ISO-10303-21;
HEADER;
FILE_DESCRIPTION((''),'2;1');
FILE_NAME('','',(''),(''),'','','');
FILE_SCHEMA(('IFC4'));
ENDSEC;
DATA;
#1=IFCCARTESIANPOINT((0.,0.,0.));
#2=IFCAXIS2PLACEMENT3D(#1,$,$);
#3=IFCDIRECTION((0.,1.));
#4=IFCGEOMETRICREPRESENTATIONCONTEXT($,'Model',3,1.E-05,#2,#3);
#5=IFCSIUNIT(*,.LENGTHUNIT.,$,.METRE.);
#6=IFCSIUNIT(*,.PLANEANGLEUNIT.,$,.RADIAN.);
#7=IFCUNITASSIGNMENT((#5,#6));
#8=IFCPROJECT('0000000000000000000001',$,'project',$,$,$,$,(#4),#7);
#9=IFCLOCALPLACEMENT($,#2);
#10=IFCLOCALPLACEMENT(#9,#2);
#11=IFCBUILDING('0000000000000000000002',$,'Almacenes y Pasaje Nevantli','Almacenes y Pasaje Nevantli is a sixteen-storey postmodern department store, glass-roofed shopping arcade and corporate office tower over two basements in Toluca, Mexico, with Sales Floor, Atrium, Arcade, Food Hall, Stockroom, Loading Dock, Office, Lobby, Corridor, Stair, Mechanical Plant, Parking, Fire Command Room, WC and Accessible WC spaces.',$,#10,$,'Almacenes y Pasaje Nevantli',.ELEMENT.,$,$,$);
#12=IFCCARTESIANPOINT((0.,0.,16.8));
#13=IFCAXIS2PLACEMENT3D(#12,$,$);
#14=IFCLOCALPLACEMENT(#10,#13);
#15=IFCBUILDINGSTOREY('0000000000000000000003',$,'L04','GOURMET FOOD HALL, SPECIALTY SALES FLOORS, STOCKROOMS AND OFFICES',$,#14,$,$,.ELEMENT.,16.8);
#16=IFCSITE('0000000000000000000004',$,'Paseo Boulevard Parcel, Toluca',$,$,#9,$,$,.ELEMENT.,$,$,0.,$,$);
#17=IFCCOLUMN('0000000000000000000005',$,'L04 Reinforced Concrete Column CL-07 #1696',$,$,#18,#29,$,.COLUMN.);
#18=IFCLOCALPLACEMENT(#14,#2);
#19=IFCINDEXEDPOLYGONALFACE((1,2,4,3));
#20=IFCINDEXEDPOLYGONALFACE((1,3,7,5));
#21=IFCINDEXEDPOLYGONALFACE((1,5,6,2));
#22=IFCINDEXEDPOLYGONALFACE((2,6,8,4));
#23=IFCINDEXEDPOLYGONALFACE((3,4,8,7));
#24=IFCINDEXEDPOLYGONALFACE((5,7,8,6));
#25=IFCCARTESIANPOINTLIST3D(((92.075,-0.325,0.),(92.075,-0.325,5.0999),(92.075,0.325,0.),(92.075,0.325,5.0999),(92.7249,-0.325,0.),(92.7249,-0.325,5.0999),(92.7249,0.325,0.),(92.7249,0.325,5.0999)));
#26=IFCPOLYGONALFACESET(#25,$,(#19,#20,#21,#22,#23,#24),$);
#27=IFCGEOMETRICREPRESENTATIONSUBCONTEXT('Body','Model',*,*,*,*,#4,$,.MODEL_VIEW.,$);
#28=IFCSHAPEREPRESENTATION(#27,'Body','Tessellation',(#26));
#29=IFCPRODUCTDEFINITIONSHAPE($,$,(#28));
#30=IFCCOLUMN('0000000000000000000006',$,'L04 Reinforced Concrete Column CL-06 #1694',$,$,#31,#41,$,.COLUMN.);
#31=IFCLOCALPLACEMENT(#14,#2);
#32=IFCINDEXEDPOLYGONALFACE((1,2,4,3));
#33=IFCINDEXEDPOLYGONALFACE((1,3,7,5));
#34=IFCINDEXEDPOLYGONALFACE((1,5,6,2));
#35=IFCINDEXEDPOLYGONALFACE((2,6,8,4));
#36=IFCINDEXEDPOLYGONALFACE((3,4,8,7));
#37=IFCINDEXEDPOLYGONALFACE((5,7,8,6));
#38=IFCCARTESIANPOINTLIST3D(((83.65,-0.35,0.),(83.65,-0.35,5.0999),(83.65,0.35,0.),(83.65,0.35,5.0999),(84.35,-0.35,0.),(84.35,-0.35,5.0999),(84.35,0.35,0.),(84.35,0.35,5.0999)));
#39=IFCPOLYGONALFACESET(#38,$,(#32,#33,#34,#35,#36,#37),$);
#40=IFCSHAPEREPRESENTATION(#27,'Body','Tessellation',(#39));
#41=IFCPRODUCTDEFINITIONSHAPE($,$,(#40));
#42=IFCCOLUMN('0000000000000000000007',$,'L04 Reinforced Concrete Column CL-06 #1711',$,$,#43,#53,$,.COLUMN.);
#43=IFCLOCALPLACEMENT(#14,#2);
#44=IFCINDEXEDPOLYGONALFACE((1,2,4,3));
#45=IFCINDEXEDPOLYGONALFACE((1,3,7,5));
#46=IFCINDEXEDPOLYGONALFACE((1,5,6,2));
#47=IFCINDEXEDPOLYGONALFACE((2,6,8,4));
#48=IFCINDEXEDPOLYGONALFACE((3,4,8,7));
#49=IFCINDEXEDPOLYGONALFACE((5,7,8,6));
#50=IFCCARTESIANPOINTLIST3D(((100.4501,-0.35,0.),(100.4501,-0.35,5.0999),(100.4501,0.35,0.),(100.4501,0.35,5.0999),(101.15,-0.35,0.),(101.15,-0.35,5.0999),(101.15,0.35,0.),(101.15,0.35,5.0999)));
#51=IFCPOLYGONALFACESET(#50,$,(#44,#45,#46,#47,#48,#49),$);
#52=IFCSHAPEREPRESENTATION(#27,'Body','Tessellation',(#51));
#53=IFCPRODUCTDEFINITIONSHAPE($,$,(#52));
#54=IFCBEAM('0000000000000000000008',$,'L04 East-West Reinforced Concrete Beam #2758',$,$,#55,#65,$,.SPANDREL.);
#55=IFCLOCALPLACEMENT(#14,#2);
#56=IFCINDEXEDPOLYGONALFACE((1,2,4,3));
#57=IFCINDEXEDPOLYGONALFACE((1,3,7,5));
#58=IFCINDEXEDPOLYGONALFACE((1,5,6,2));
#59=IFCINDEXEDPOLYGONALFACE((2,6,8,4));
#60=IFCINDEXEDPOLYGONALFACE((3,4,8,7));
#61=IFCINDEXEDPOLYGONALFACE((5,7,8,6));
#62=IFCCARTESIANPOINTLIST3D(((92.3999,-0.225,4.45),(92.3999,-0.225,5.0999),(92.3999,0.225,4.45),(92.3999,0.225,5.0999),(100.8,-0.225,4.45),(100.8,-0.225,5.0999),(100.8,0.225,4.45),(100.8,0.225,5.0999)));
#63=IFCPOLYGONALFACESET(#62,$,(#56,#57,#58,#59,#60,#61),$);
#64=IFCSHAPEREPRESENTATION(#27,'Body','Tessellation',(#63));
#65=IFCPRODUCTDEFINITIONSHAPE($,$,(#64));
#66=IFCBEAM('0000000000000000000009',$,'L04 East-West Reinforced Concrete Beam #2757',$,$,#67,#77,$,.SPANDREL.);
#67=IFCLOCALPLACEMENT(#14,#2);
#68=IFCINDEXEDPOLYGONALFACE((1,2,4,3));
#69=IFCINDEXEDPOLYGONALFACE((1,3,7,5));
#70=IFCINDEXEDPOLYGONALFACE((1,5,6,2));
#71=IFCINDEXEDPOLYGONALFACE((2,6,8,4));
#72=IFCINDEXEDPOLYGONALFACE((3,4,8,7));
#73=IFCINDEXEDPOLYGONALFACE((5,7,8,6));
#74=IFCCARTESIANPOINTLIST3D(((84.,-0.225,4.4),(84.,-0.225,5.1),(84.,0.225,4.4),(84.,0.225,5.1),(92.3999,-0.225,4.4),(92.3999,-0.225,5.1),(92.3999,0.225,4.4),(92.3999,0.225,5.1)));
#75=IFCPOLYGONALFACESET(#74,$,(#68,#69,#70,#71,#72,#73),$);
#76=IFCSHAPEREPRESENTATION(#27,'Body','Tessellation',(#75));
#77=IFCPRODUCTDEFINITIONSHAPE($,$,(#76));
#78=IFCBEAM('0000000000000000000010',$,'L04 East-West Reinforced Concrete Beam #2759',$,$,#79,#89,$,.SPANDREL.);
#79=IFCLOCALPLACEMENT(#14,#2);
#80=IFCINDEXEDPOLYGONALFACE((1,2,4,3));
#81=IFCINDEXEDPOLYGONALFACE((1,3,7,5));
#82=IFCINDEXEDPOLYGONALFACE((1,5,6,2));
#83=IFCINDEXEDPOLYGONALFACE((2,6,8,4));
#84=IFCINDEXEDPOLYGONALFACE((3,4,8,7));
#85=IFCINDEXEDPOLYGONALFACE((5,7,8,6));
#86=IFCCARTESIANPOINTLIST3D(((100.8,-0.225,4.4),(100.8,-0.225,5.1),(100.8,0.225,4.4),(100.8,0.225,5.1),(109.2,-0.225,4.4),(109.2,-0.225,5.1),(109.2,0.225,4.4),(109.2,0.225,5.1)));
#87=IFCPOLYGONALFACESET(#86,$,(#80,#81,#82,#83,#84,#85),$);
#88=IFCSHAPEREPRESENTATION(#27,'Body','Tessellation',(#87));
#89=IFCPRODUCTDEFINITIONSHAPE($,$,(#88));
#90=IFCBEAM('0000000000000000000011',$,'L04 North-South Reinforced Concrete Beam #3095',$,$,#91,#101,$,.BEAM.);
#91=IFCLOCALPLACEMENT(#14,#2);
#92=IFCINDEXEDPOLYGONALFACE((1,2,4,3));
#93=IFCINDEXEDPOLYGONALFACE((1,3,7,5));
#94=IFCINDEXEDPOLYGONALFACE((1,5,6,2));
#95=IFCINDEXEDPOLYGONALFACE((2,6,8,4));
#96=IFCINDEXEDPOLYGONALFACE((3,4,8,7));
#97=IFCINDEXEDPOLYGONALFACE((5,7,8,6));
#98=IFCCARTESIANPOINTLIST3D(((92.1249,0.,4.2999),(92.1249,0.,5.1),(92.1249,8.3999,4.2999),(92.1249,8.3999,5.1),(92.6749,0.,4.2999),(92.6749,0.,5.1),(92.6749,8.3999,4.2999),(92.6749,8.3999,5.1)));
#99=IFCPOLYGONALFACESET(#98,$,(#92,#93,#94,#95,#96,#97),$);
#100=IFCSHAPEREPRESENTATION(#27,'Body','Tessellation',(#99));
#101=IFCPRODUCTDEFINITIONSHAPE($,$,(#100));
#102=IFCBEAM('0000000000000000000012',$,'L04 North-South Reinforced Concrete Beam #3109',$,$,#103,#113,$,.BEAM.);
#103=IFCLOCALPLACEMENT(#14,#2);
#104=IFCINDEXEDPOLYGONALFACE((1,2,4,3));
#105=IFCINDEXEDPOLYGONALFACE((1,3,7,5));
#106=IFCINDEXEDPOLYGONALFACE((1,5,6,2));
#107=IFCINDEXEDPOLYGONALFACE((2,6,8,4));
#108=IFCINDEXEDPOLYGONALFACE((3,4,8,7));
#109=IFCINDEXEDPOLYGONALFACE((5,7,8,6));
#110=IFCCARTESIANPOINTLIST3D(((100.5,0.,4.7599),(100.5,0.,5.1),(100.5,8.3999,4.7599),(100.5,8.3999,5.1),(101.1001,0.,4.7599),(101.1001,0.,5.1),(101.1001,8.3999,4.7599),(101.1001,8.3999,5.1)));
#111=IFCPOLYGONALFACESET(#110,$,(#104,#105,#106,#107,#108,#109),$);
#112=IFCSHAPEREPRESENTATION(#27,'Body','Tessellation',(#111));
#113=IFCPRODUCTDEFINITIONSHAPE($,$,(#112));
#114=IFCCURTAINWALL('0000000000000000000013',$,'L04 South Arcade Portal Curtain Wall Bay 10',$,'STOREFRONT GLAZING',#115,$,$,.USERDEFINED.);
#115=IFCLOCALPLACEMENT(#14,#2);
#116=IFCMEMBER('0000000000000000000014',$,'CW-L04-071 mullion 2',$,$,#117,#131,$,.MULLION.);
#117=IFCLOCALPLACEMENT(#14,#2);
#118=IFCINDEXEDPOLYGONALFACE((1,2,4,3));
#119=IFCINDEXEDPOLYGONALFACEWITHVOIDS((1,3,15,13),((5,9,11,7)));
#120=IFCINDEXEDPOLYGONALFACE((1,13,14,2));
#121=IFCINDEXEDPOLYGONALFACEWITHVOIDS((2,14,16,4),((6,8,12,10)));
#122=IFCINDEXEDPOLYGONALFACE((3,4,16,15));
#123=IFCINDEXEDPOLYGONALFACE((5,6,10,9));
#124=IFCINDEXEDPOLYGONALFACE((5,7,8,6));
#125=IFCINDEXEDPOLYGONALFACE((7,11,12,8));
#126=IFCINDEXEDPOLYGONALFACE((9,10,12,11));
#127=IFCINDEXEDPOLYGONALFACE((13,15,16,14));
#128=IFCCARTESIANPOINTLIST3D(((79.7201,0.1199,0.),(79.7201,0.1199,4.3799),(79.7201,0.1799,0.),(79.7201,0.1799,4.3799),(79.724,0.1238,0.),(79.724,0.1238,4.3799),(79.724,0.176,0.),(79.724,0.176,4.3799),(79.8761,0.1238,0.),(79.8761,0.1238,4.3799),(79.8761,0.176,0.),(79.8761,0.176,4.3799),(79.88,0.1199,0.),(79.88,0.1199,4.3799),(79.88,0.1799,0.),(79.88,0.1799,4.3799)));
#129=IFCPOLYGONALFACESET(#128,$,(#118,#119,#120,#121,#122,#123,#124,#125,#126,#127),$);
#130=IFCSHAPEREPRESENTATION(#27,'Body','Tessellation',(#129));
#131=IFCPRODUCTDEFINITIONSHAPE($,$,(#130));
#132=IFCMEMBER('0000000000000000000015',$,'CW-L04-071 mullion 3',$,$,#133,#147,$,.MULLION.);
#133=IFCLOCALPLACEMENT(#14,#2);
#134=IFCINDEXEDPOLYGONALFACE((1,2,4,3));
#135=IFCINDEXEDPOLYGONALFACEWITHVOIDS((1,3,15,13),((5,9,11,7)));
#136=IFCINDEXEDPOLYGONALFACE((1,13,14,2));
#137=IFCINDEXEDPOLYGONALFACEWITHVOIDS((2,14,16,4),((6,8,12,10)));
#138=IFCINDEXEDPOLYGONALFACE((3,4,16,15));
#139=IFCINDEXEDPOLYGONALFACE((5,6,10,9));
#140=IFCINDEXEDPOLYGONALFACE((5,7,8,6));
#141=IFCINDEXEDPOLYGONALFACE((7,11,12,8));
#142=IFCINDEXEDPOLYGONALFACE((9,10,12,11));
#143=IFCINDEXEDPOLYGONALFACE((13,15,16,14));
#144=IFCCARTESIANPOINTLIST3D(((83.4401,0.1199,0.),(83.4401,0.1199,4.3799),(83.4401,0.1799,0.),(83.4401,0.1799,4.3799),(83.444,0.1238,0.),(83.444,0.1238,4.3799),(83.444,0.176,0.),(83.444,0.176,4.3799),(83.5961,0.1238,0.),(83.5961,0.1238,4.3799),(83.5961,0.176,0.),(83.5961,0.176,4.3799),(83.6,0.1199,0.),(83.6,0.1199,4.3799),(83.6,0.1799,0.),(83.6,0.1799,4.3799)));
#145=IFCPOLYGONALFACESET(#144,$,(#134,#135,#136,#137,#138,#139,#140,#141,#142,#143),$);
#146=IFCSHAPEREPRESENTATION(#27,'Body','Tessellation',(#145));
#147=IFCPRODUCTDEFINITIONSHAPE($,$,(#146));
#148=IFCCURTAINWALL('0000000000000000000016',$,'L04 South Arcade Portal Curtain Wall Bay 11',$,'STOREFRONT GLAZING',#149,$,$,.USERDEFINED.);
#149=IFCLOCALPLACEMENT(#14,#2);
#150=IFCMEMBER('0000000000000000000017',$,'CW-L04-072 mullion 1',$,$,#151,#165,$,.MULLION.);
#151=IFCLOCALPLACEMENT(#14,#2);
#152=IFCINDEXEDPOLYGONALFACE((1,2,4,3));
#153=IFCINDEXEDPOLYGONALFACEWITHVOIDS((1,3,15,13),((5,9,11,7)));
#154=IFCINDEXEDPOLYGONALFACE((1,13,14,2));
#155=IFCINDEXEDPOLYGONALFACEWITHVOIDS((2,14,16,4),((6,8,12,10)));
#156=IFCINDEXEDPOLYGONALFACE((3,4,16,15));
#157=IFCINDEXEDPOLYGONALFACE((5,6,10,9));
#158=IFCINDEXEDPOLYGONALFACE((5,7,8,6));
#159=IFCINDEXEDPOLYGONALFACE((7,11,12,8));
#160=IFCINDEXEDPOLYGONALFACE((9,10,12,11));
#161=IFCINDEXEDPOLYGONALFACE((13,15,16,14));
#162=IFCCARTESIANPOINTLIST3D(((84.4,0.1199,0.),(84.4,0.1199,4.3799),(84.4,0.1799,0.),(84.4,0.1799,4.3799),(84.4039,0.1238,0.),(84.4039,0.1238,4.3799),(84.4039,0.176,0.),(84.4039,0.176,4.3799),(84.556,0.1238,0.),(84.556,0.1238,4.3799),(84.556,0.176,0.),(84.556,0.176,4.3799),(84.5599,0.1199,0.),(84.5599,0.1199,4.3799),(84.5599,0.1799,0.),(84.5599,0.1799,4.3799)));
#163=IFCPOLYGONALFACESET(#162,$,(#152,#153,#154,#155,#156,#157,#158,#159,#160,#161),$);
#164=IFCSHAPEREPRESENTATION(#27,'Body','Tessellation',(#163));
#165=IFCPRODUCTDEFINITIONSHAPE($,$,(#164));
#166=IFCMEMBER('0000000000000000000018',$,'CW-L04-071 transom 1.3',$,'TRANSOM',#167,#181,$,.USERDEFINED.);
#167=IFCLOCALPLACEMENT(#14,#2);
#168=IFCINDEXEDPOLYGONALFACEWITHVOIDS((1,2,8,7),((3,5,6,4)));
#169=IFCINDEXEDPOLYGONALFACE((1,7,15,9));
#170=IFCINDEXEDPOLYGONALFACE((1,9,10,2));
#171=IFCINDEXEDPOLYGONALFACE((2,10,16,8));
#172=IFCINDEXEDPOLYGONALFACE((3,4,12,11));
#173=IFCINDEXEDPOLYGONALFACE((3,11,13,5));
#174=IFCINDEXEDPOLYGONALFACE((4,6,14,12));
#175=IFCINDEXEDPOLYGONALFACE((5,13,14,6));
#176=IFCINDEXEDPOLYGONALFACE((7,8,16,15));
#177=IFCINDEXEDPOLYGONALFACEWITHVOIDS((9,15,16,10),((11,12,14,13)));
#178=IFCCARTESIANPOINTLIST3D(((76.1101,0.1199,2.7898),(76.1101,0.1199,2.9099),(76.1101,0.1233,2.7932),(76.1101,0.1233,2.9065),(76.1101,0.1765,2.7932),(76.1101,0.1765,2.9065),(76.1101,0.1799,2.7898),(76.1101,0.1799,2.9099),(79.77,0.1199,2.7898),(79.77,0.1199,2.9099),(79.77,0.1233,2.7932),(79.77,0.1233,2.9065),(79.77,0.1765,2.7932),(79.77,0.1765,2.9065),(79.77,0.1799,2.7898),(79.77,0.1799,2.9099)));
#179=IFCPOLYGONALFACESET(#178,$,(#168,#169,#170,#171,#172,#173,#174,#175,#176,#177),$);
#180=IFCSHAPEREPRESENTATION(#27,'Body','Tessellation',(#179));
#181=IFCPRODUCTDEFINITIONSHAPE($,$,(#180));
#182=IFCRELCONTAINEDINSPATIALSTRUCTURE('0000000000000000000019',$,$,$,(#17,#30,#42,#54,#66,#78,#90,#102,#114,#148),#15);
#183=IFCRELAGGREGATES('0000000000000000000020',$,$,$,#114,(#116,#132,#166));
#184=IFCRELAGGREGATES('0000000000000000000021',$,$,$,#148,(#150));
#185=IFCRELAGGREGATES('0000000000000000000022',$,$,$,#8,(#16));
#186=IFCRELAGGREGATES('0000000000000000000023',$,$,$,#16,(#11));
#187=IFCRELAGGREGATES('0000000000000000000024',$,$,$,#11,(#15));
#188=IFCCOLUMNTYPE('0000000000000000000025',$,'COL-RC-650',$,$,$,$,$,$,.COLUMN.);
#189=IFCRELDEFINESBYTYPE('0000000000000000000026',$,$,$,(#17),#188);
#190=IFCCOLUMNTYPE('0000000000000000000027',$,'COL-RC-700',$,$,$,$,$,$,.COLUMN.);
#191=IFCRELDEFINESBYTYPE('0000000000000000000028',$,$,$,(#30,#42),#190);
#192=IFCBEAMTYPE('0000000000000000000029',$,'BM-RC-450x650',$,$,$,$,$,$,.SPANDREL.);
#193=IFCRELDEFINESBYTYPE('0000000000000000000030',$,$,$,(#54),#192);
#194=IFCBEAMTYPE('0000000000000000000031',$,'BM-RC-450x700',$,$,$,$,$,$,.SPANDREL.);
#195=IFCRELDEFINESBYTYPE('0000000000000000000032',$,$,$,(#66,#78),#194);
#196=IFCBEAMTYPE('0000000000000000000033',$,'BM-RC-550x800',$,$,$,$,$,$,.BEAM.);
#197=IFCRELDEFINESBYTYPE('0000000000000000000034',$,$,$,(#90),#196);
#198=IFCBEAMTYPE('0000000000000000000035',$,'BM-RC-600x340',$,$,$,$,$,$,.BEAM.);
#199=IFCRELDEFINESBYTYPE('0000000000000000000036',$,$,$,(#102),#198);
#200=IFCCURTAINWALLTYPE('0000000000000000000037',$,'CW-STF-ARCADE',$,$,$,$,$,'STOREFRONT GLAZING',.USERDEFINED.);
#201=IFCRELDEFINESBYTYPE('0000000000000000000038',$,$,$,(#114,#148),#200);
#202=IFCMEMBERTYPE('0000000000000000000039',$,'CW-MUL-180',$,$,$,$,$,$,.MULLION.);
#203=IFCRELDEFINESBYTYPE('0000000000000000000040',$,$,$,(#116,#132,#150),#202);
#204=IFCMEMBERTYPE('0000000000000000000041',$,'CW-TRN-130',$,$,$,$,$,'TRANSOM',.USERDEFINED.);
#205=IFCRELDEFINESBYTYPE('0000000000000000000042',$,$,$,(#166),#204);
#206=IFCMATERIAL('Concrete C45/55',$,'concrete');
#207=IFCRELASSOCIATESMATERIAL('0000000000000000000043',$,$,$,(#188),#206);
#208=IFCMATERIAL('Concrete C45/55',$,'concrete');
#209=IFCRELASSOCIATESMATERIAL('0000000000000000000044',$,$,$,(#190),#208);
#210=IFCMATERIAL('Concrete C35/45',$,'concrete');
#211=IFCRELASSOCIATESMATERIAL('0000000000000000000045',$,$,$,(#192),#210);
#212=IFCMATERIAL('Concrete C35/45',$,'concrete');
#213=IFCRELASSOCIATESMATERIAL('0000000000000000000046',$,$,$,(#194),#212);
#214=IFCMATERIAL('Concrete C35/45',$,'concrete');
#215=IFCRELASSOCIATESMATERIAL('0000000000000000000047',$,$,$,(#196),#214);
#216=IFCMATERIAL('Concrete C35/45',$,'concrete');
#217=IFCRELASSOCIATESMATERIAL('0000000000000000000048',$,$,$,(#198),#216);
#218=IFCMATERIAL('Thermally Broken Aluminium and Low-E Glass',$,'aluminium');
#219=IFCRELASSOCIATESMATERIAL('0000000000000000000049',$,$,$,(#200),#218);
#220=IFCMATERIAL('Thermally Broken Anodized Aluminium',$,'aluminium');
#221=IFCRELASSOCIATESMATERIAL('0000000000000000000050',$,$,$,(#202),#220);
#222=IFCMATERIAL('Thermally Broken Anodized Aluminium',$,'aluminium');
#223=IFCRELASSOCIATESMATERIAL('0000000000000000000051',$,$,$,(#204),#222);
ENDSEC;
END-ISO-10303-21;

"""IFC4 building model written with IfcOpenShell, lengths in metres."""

from ifc_helpers import new_model, si_unit, direction, frame, origin, origin_2d, place, context, subcontext, project, spatial, rectangle, hollow_rectangle, extrude, material, material_profile, profile_set, type_object, element, aggregate, save


model = new_model("IFC4")

# Units and contexts
model_context = context("Model", 3, precision=1e-05, world=origin(), true_north=direction((0.0, 1.0)))
body_context = subcontext(model_context, "Body", "Model", "MODEL_VIEW")
ifc_project = project(units=[si_unit("LENGTHUNIT", "METRE"), si_unit("PLANEANGLEUNIT", "RADIAN")], contexts=[model_context])

# Site, building, storey
site_placement = place(None, origin())
site = spatial("IfcSite", under=ifc_project, at=site_placement, Name="Paseo Boulevard Parcel, Toluca", CompositionType="ELEMENT", RefElevation=0.0)
building_placement = place(site_placement, origin())
building = spatial("IfcBuilding", under=site, at=building_placement, Name="Almacenes y Pasaje Nevantli", Description="Almacenes y Pasaje Nevantli is a sixteen-storey postmodern department store, glass-roofed shopping arcade and corporate office tower over two basements in Toluca, Mexico, with Sales Floor, Atrium, Arcade, Food Hall, Stockroom, Loading Dock, Office, Lobby, Corridor, Stair, Mechanical Plant, Parking, Fire Command Room, WC and Accessible WC spaces.", LongName="Almacenes y Pasaje Nevantli", CompositionType="ELEMENT")
storey_placement = place(building_placement, frame((0.0, 0.0, 16.8)))
storey = spatial("IfcBuildingStorey", under=building, at=storey_placement, Name="L04", Description="GOURMET FOOD HALL, SPECIALTY SALES FLOORS, STOCKROOMS AND OFFICES", CompositionType="ELEMENT", Elevation=16.8)

# Columns
ifc_material_1 = material(Name="Concrete C45/55", Category="concrete")
ifc_material_profile_1 = material_profile(ifc_material_1, rectangle(XDim=0.6499, YDim=0.6499, at=origin_2d()), Name="RC-COL-650x650")
ifc_profile_set_1 = profile_set([ifc_material_profile_1], Name="Concrete C45/55")
column_type_1 = type_object("IfcColumnType", Name="COL-RC-650", PredefinedType="COLUMN", material=ifc_profile_set_1)
column_placement = place(storey_placement, frame((92.3999, 0.0, 0.0), z_axis=(0.0, 0.0, 1.0), x_axis=(1.0, 0.0, 0.0)))
element("IfcColumn", 1, at=column_placement, inside=storey, type_object=column_type_1, Name="L04 Reinforced Concrete Column CL-07 #1696", PredefinedType="COLUMN", context=body_context, shape_type="SweptSolid", body=[
    extrude(rectangle(XDim=0.6499, YDim=0.6499, at=origin_2d()), origin(), (0.0, 0.0, 1.0), 5.0999),
])
ifc_material_2 = material(Name="Concrete C45/55", Category="concrete")
ifc_material_profile_2 = material_profile(ifc_material_2, rectangle(XDim=0.7, YDim=0.7, at=origin_2d()), Name="RC-COL-700x700")
ifc_profile_set_2 = profile_set([ifc_material_profile_2], Name="Concrete C45/55")
column_type_2 = type_object("IfcColumnType", Name="COL-RC-700", PredefinedType="COLUMN", material=ifc_profile_set_2)
for number, where, z_axis, x_axis, name in (
    (2, (84.0, 0.0, 0.0), (0.0, 0.0, 1.0), (1.0, 0.0, 0.0), "L04 Reinforced Concrete Column CL-06 #1694"),
    (3, (100.8, 0.0, 0.0), (0.0, 0.0, 1.0), (1.0, 0.0, 0.0), "L04 Reinforced Concrete Column CL-06 #1711"),
):
    element("IfcColumn", number, at=place(storey_placement, frame(where, z_axis=z_axis, x_axis=x_axis)), inside=storey, type_object=column_type_2, Name=name, PredefinedType="COLUMN", context=body_context, shape_type="SweptSolid", body=[
        extrude(rectangle(XDim=0.7, YDim=0.7, at=origin_2d()), origin(), (0.0, 0.0, 1.0), 5.0999),
    ])

# Beams
ifc_material_3 = material(Name="Concrete C35/45", Category="concrete")
ifc_material_profile_3 = material_profile(ifc_material_3, rectangle(XDim=0.45, YDim=0.6499, at=origin_2d()), Name="RC-BM-450x650")
ifc_profile_set_3 = profile_set([ifc_material_profile_3], Name="Concrete C35/45")
beam_type_1 = type_object("IfcBeamType", Name="BM-RC-450x650", PredefinedType="SPANDREL", material=ifc_profile_set_3)
beam_1_placement = place(storey_placement, frame((92.3999, 0.0, 4.7749), z_axis=(1.0, 0.0, 0.0), x_axis=(0.0, 1.0, 0.0)))
element("IfcBeam", 4, at=beam_1_placement, inside=storey, type_object=beam_type_1, Name="L04 East-West Reinforced Concrete Beam #2758", PredefinedType="SPANDREL", context=body_context, shape_type="SweptSolid", body=[
    extrude(rectangle(XDim=0.45, YDim=0.6499, at=origin_2d()), origin(), (0.0, 0.0, 1.0), 8.4001),
])
ifc_material_4 = material(Name="Concrete C35/45", Category="concrete")
ifc_material_profile_4 = material_profile(ifc_material_4, rectangle(XDim=0.45, YDim=0.7, at=origin_2d()), Name="RC-BM-450x700")
ifc_profile_set_4 = profile_set([ifc_material_profile_4], Name="Concrete C35/45")
beam_type_2 = type_object("IfcBeamType", Name="BM-RC-450x700", PredefinedType="SPANDREL", material=ifc_profile_set_4)
for number, where, z_axis, x_axis, name in (
    (5, (84.0, 0.0, 4.75), (1.0, 0.0, 0.0), (0.0, 1.0, 0.0), "L04 East-West Reinforced Concrete Beam #2757"),
    (6, (100.8, 0.0, 4.75), (1.0, 0.0, 0.0), (0.0, 1.0, 0.0), "L04 East-West Reinforced Concrete Beam #2759"),
):
    element("IfcBeam", number, at=place(storey_placement, frame(where, z_axis=z_axis, x_axis=x_axis)), inside=storey, type_object=beam_type_2, Name=name, PredefinedType="SPANDREL", context=body_context, shape_type="SweptSolid", body=[
        extrude(rectangle(XDim=0.45, YDim=0.7, at=origin_2d()), origin(), (0.0, 0.0, 1.0), 8.3999),
    ])
ifc_material_5 = material(Name="Concrete C35/45", Category="concrete")
ifc_material_profile_5 = material_profile(ifc_material_5, rectangle(XDim=0.55, YDim=0.8, at=origin_2d()), Name="RC-BM-550x800")
ifc_profile_set_5 = profile_set([ifc_material_profile_5], Name="Concrete C35/45")
beam_type_3 = type_object("IfcBeamType", Name="BM-RC-550x800", PredefinedType="BEAM", material=ifc_profile_set_5)
beam_2_placement = place(storey_placement, frame((92.3999, 0.0, 4.7), z_axis=(0.0, 1.0, 0.0), x_axis=(-1.0, 0.0, 0.0)))
element("IfcBeam", 7, at=beam_2_placement, inside=storey, type_object=beam_type_3, Name="L04 North-South Reinforced Concrete Beam #3095", PredefinedType="BEAM", context=body_context, shape_type="SweptSolid", body=[
    extrude(rectangle(XDim=0.55, YDim=0.8, at=origin_2d()), origin(), (0.0, 0.0, 1.0), 8.3999),
])
ifc_material_6 = material(Name="Concrete C35/45", Category="concrete")
ifc_material_profile_6 = material_profile(ifc_material_6, rectangle(XDim=0.6001, YDim=0.3401, at=origin_2d()), Name="RC-BM-600x340")
ifc_profile_set_6 = profile_set([ifc_material_profile_6], Name="Concrete C35/45")
beam_type_4 = type_object("IfcBeamType", Name="BM-RC-600x340", PredefinedType="BEAM", material=ifc_profile_set_6)
beam_3_placement = place(storey_placement, frame((100.8, 0.0, 4.9299), z_axis=(0.0, 1.0, 0.0), x_axis=(-1.0, 0.0, 0.0)))
element("IfcBeam", 8, at=beam_3_placement, inside=storey, type_object=beam_type_4, Name="L04 North-South Reinforced Concrete Beam #3109", PredefinedType="BEAM", context=body_context, shape_type="SweptSolid", body=[
    extrude(rectangle(XDim=0.6001, YDim=0.3401, at=origin_2d()), origin(), (0.0, 0.0, 1.0), 8.3999),
])

# Curtain wall, members
ifc_material_7 = material(Name="Thermally Broken Aluminium and Low-E Glass", Category="aluminium")
curtain_wall_type = type_object("IfcCurtainWallType", Name="CW-STF-ARCADE", ElementType="STOREFRONT GLAZING", PredefinedType="USERDEFINED", material=ifc_material_7)
curtain_wall_1_placement = place(storey_placement, origin())
curtain_wall_1 = element("IfcCurtainWall", 9, at=curtain_wall_1_placement, inside=storey, type_object=curtain_wall_type, Name="L04 South Arcade Portal Curtain Wall Bay 10", ObjectType="STOREFRONT GLAZING", PredefinedType="USERDEFINED")
ifc_material_8 = material(Name="Thermally Broken Anodized Aluminium", Category="aluminium")
ifc_material_profile_7 = material_profile(ifc_material_8, hollow_rectangle(XDim=0.0601, YDim=0.1599, WallThickness=0.0039, at=origin_2d()), Name="ALU-MUL-60x160")
ifc_profile_set_7 = profile_set([ifc_material_profile_7], Name="Thermally Broken Anodized Aluminium")
member_type_1 = type_object("IfcMemberType", Name="CW-MUL-180", PredefinedType="MULLION", material=ifc_profile_set_7)
member_1_placement = place(storey_placement, frame((79.8, 0.1499, 0.0), z_axis=(0.0, 0.0, 1.0), x_axis=(0.0, 1.0, 0.0)))
member_1 = element("IfcMember", 10, at=member_1_placement, type_object=member_type_1, Name="CW-L04-071 mullion 2", PredefinedType="MULLION", context=body_context, shape_type="SweptSolid", body=[
    extrude(hollow_rectangle(XDim=0.0601, YDim=0.1599, WallThickness=0.0039, at=origin_2d()), origin(), (0.0, 0.0, 1.0), 4.3799),
])
member_2_placement = place(storey_placement, frame((83.52, 0.1499, 0.0), z_axis=(0.0, 0.0, 1.0), x_axis=(0.0, 1.0, 0.0)))
member_2 = element("IfcMember", 11, at=member_2_placement, type_object=member_type_1, Name="CW-L04-071 mullion 3", PredefinedType="MULLION", context=body_context, shape_type="SweptSolid", body=[
    extrude(hollow_rectangle(XDim=0.0601, YDim=0.1599, WallThickness=0.0039, at=origin_2d()), origin(), (0.0, 0.0, 1.0), 4.3799),
])

# Curtain wall, member
curtain_wall_2_placement = place(storey_placement, origin())
curtain_wall_2 = element("IfcCurtainWall", 12, at=curtain_wall_2_placement, inside=storey, type_object=curtain_wall_type, Name="L04 South Arcade Portal Curtain Wall Bay 11", ObjectType="STOREFRONT GLAZING", PredefinedType="USERDEFINED")
member_3_placement = place(storey_placement, frame((84.48, 0.1499, 0.0), z_axis=(0.0, 0.0, 1.0), x_axis=(0.0, 1.0, 0.0)))
member_3 = element("IfcMember", 13, at=member_3_placement, type_object=member_type_1, Name="CW-L04-072 mullion 1", PredefinedType="MULLION", context=body_context, shape_type="SweptSolid", body=[
    extrude(hollow_rectangle(XDim=0.0601, YDim=0.1599, WallThickness=0.0039, at=origin_2d()), origin(), (0.0, 0.0, 1.0), 4.3799),
])

# Member
ifc_material_9 = material(Name="Thermally Broken Anodized Aluminium", Category="aluminium")
ifc_material_profile_8 = material_profile(ifc_material_9, hollow_rectangle(XDim=0.0601, YDim=0.1201, WallThickness=0.0034, at=origin_2d()), Name="ALU-TRN-60x120")
ifc_profile_set_8 = profile_set([ifc_material_profile_8], Name="Thermally Broken Anodized Aluminium")
member_type_2 = type_object("IfcMemberType", Name="CW-TRN-130", ElementType="TRANSOM", PredefinedType="USERDEFINED", material=ifc_profile_set_8)
member_4_placement = place(storey_placement, frame((76.1101, 0.1499, 2.8499), z_axis=(1.0, 0.0, 0.0), x_axis=(0.0, 1.0, 0.0)))
member_4 = element("IfcMember", 14, at=member_4_placement, type_object=member_type_2, Name="CW-L04-071 transom 1.3", ObjectType="TRANSOM", PredefinedType="USERDEFINED", context=body_context, shape_type="SweptSolid", body=[
    extrude(hollow_rectangle(XDim=0.0601, YDim=0.1201, WallThickness=0.0034, at=origin_2d()), origin(), (0.0, 0.0, 1.0), 3.6599),
])

aggregate(curtain_wall_1, [member_1, member_2, member_4])
aggregate(curtain_wall_2, [member_3])

save(model, "model.ifc")
